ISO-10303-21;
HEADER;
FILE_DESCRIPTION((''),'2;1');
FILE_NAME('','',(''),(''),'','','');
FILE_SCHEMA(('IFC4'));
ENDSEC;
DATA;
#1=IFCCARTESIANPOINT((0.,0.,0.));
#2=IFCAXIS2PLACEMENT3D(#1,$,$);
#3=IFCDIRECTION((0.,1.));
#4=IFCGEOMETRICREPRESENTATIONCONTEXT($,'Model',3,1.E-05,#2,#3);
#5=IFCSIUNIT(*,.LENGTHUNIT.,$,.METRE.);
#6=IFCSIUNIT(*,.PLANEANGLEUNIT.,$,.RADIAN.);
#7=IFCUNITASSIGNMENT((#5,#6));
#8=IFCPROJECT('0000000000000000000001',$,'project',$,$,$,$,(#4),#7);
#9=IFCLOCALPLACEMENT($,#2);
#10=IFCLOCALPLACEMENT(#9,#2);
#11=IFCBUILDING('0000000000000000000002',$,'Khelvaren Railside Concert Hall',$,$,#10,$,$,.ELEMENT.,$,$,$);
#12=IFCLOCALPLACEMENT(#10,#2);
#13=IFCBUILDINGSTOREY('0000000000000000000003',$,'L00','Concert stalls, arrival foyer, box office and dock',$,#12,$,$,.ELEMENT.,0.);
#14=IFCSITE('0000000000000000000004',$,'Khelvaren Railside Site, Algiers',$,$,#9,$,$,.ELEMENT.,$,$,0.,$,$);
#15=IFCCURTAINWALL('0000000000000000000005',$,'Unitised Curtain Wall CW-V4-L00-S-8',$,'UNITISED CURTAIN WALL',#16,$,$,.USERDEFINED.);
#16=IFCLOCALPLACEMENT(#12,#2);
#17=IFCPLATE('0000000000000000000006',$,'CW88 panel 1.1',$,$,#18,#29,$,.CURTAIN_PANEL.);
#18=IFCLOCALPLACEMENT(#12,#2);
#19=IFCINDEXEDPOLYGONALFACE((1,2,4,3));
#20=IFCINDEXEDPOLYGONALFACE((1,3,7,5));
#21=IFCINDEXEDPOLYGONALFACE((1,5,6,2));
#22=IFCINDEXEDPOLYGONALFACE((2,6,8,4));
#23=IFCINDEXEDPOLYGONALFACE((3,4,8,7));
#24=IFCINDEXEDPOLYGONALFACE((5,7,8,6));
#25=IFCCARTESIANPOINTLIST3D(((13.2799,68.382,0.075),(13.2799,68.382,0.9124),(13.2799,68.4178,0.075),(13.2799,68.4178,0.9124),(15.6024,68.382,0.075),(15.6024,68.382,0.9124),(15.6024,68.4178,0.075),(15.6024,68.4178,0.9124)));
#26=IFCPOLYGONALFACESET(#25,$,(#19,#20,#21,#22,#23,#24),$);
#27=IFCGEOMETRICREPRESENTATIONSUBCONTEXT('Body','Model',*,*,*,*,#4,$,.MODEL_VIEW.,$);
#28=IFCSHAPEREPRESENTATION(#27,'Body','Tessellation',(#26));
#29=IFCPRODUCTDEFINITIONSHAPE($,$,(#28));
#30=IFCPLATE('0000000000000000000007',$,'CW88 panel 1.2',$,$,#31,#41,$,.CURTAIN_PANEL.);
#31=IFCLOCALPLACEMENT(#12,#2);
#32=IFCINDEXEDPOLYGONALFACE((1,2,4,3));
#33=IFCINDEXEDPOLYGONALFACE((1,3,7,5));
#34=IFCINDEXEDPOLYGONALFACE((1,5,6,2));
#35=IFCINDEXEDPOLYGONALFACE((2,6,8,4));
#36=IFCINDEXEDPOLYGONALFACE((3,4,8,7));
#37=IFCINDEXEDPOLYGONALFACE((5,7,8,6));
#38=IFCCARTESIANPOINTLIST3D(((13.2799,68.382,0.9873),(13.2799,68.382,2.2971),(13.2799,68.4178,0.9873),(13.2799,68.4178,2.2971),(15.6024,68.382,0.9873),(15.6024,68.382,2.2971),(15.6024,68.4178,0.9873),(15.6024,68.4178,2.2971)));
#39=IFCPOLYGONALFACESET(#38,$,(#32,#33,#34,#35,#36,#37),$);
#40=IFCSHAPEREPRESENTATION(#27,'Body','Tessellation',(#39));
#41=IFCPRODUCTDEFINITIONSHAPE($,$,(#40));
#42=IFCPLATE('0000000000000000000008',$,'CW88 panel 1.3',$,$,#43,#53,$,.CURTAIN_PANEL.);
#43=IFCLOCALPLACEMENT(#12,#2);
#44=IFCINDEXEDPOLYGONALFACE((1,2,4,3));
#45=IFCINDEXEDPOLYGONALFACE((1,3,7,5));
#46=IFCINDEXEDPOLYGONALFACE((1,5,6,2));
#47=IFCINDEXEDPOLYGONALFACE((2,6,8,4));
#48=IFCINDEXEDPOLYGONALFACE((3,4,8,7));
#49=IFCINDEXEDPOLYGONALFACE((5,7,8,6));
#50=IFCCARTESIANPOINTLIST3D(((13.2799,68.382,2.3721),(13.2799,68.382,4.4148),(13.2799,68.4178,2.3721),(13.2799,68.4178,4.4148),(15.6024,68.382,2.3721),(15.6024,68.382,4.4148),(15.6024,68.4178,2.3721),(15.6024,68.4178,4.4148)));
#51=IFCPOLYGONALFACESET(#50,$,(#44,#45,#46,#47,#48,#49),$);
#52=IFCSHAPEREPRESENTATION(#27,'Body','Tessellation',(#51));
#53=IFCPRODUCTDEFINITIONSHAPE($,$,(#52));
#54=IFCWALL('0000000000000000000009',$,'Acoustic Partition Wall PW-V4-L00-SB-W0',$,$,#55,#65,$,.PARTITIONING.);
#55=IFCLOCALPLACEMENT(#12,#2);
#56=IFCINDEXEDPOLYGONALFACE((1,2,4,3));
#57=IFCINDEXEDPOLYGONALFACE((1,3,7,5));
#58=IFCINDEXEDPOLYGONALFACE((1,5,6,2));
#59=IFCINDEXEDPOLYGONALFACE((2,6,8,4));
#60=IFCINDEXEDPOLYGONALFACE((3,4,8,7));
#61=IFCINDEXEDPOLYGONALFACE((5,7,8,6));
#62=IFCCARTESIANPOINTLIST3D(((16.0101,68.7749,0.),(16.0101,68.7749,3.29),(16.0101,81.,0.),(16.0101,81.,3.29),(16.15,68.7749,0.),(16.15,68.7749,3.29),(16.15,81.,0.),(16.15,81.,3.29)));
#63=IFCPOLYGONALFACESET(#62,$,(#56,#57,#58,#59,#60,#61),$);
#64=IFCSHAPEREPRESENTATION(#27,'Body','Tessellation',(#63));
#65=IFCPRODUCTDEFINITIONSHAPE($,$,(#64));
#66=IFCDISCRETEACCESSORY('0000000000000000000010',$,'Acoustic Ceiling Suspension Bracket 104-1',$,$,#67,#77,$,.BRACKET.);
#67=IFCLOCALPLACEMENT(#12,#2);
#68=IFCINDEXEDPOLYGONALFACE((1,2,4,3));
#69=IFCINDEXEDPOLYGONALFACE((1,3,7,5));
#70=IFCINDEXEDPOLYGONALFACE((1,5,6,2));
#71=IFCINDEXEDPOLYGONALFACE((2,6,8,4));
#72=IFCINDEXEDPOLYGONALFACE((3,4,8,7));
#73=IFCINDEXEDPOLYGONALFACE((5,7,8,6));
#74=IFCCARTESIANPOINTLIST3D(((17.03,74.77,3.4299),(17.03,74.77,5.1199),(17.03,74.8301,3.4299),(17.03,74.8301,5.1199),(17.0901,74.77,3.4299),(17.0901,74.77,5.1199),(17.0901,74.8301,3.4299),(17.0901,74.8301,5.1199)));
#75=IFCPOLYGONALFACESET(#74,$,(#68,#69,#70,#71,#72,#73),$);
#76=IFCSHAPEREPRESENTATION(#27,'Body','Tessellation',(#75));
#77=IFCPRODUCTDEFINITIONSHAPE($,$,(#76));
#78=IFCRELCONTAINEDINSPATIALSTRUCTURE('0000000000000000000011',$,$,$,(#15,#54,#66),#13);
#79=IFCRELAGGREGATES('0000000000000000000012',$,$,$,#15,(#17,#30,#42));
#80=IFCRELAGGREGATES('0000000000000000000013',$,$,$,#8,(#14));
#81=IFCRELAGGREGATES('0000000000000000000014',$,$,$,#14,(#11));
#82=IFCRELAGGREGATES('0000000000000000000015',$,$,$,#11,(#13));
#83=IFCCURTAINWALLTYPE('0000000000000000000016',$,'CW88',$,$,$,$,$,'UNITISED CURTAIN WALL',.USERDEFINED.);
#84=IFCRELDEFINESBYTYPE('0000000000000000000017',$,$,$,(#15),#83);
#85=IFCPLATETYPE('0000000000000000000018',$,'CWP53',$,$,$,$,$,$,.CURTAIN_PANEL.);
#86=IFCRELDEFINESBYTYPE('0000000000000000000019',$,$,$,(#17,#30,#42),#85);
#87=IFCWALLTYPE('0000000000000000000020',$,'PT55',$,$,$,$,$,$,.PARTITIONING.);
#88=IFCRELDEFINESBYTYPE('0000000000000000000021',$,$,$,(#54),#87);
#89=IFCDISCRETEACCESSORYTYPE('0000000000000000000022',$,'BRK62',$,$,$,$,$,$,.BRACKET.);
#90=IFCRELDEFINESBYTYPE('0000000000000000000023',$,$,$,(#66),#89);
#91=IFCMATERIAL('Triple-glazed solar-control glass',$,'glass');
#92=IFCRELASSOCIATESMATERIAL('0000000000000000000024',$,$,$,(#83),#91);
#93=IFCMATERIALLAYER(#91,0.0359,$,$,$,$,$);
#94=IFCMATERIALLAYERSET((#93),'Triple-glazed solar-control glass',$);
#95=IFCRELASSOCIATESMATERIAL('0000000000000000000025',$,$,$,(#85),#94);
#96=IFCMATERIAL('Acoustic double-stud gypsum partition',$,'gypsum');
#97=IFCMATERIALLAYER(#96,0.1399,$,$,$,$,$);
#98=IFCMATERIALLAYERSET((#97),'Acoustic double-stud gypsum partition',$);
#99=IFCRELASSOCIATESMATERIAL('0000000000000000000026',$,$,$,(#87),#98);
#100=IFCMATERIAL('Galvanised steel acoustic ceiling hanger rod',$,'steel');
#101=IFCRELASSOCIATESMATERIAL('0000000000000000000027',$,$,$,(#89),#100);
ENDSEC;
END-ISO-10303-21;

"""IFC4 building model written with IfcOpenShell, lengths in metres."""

from ifc_helpers import new_model, si_unit, direction, frame, frame_2d, origin, origin_2d, place, context, subcontext, project, spatial, rectangle, extrude, material, layer, layer_set, type_object, element, aggregate, save


model = new_model("IFC4")

# Units and contexts
model_context = context("Model", 3, precision=1e-05, world=origin(), true_north=direction((0.0, 1.0)))
body_context = subcontext(model_context, "Body", "Model", "MODEL_VIEW")
ifc_project = project(units=[si_unit("LENGTHUNIT", "METRE"), si_unit("PLANEANGLEUNIT", "RADIAN")], contexts=[model_context])

# Site, building, storey
site_placement = place(None, origin())
site = spatial("IfcSite", under=ifc_project, at=site_placement, Name="Khelvaren Railside Site, Algiers", CompositionType="ELEMENT", RefElevation=0.0)
building_placement = place(site_placement, origin())
building = spatial("IfcBuilding", under=site, at=building_placement, Name="Khelvaren Railside Concert Hall", CompositionType="ELEMENT")
storey_placement = place(building_placement, origin())
storey = spatial("IfcBuildingStorey", under=building, at=storey_placement, Name="L00", Description="Concert stalls, arrival foyer, box office and dock", CompositionType="ELEMENT", Elevation=0.0)

# Curtain wall
ifc_material_1 = material(Name="Triple-glazed solar-control glass", Category="glass")
curtain_wall_type = type_object("IfcCurtainWallType", Name="CW88", ElementType="UNITISED CURTAIN WALL", PredefinedType="USERDEFINED", material=ifc_material_1)
curtain_wall_placement = place(storey_placement, origin())
curtain_wall = element("IfcCurtainWall", 1, at=curtain_wall_placement, inside=storey, type_object=curtain_wall_type, Name="Unitised Curtain Wall CW-V4-L00-S-8", ObjectType="UNITISED CURTAIN WALL", PredefinedType="USERDEFINED")

# Plates
ifc_layer_1 = layer(ifc_material_1, 0.0359)
ifc_layer_set_1 = layer_set([ifc_layer_1], Name="Triple-glazed solar-control glass")
plate_type = type_object("IfcPlateType", Name="CWP53", PredefinedType="CURTAIN_PANEL", material=ifc_layer_set_1)
plate_1_placement = place(storey_placement, frame((14.4412, 68.3999, 0.075), z_axis=(0.0, 0.0, 1.0), x_axis=(-1.0, 0.0, 0.0)))
plate_1 = element("IfcPlate", 2, at=plate_1_placement, type_object=plate_type, Name="CW88 panel 1.1", PredefinedType="CURTAIN_PANEL", context=body_context, shape_type="SweptSolid", body=[
    extrude(rectangle(XDim=2.3225, YDim=0.0359, at=origin_2d()), origin(), (0.0, 0.0, 1.0), 0.8374),
])
plate_2_placement = place(storey_placement, frame((14.4412, 68.3999, 0.9873), z_axis=(0.0, 0.0, 1.0), x_axis=(-1.0, 0.0, 0.0)))
plate_2 = element("IfcPlate", 3, at=plate_2_placement, type_object=plate_type, Name="CW88 panel 1.2", PredefinedType="CURTAIN_PANEL", context=body_context, shape_type="SweptSolid", body=[
    extrude(rectangle(XDim=2.3225, YDim=0.0359, at=origin_2d()), origin(), (0.0, 0.0, 1.0), 1.3098),
])
plate_3_placement = place(storey_placement, frame((14.4412, 68.3999, 2.3721), z_axis=(0.0, 0.0, 1.0), x_axis=(-1.0, 0.0, 0.0)))
plate_3 = element("IfcPlate", 4, at=plate_3_placement, type_object=plate_type, Name="CW88 panel 1.3", PredefinedType="CURTAIN_PANEL", context=body_context, shape_type="SweptSolid", body=[
    extrude(rectangle(XDim=2.3225, YDim=0.0359, at=origin_2d()), origin(), (0.0, 0.0, 1.0), 2.0427),
])
aggregate(curtain_wall, [plate_1, plate_2, plate_3])

# Wall
ifc_material_2 = material(Name="Acoustic double-stud gypsum partition", Category="gypsum")
ifc_layer_2 = layer(ifc_material_2, 0.1399)
ifc_layer_set_2 = layer_set([ifc_layer_2], Name="Acoustic double-stud gypsum partition")
wall_type = type_object("IfcWallType", Name="PT55", PredefinedType="PARTITIONING", material=ifc_layer_set_2)
wall_placement = place(storey_placement, frame((16.0801, 68.7749, 0.0), z_axis=(0.0, 0.0, 1.0), x_axis=(0.0, 1.0, 0.0)))
element("IfcWall", 5, at=wall_placement, inside=storey, type_object=wall_type, Name="Acoustic Partition Wall PW-V4-L00-SB-W0", PredefinedType="PARTITIONING", context=body_context, shape_type="SweptSolid", body=[
    extrude(rectangle(XDim=12.2251, YDim=0.1399, at=frame_2d((6.1125, 0.0))), origin(), (0.0, 0.0, 1.0), 3.29),
])

# Discrete accessory
ifc_material_3 = material(Name="Galvanised steel acoustic ceiling hanger rod", Category="steel")
discrete_accessory_type = type_object("IfcDiscreteAccessoryType", Name="BRK62", PredefinedType="BRACKET", material=ifc_material_3)
discrete_accessory_placement = place(storey_placement, frame((17.0601, 74.8, 3.4299), z_axis=(0.0, 0.0, 1.0), x_axis=(1.0, 0.0, 0.0)))
element("IfcDiscreteAccessory", 6, at=discrete_accessory_placement, inside=storey, type_object=discrete_accessory_type, Name="Acoustic Ceiling Suspension Bracket 104-1", PredefinedType="BRACKET", context=body_context, shape_type="SweptSolid", body=[
    extrude(rectangle(XDim=0.0601, YDim=0.0601, at=origin_2d()), origin(), (0.0, 0.0, 1.0), 1.6899),
])

save(model, "model.ifc")
